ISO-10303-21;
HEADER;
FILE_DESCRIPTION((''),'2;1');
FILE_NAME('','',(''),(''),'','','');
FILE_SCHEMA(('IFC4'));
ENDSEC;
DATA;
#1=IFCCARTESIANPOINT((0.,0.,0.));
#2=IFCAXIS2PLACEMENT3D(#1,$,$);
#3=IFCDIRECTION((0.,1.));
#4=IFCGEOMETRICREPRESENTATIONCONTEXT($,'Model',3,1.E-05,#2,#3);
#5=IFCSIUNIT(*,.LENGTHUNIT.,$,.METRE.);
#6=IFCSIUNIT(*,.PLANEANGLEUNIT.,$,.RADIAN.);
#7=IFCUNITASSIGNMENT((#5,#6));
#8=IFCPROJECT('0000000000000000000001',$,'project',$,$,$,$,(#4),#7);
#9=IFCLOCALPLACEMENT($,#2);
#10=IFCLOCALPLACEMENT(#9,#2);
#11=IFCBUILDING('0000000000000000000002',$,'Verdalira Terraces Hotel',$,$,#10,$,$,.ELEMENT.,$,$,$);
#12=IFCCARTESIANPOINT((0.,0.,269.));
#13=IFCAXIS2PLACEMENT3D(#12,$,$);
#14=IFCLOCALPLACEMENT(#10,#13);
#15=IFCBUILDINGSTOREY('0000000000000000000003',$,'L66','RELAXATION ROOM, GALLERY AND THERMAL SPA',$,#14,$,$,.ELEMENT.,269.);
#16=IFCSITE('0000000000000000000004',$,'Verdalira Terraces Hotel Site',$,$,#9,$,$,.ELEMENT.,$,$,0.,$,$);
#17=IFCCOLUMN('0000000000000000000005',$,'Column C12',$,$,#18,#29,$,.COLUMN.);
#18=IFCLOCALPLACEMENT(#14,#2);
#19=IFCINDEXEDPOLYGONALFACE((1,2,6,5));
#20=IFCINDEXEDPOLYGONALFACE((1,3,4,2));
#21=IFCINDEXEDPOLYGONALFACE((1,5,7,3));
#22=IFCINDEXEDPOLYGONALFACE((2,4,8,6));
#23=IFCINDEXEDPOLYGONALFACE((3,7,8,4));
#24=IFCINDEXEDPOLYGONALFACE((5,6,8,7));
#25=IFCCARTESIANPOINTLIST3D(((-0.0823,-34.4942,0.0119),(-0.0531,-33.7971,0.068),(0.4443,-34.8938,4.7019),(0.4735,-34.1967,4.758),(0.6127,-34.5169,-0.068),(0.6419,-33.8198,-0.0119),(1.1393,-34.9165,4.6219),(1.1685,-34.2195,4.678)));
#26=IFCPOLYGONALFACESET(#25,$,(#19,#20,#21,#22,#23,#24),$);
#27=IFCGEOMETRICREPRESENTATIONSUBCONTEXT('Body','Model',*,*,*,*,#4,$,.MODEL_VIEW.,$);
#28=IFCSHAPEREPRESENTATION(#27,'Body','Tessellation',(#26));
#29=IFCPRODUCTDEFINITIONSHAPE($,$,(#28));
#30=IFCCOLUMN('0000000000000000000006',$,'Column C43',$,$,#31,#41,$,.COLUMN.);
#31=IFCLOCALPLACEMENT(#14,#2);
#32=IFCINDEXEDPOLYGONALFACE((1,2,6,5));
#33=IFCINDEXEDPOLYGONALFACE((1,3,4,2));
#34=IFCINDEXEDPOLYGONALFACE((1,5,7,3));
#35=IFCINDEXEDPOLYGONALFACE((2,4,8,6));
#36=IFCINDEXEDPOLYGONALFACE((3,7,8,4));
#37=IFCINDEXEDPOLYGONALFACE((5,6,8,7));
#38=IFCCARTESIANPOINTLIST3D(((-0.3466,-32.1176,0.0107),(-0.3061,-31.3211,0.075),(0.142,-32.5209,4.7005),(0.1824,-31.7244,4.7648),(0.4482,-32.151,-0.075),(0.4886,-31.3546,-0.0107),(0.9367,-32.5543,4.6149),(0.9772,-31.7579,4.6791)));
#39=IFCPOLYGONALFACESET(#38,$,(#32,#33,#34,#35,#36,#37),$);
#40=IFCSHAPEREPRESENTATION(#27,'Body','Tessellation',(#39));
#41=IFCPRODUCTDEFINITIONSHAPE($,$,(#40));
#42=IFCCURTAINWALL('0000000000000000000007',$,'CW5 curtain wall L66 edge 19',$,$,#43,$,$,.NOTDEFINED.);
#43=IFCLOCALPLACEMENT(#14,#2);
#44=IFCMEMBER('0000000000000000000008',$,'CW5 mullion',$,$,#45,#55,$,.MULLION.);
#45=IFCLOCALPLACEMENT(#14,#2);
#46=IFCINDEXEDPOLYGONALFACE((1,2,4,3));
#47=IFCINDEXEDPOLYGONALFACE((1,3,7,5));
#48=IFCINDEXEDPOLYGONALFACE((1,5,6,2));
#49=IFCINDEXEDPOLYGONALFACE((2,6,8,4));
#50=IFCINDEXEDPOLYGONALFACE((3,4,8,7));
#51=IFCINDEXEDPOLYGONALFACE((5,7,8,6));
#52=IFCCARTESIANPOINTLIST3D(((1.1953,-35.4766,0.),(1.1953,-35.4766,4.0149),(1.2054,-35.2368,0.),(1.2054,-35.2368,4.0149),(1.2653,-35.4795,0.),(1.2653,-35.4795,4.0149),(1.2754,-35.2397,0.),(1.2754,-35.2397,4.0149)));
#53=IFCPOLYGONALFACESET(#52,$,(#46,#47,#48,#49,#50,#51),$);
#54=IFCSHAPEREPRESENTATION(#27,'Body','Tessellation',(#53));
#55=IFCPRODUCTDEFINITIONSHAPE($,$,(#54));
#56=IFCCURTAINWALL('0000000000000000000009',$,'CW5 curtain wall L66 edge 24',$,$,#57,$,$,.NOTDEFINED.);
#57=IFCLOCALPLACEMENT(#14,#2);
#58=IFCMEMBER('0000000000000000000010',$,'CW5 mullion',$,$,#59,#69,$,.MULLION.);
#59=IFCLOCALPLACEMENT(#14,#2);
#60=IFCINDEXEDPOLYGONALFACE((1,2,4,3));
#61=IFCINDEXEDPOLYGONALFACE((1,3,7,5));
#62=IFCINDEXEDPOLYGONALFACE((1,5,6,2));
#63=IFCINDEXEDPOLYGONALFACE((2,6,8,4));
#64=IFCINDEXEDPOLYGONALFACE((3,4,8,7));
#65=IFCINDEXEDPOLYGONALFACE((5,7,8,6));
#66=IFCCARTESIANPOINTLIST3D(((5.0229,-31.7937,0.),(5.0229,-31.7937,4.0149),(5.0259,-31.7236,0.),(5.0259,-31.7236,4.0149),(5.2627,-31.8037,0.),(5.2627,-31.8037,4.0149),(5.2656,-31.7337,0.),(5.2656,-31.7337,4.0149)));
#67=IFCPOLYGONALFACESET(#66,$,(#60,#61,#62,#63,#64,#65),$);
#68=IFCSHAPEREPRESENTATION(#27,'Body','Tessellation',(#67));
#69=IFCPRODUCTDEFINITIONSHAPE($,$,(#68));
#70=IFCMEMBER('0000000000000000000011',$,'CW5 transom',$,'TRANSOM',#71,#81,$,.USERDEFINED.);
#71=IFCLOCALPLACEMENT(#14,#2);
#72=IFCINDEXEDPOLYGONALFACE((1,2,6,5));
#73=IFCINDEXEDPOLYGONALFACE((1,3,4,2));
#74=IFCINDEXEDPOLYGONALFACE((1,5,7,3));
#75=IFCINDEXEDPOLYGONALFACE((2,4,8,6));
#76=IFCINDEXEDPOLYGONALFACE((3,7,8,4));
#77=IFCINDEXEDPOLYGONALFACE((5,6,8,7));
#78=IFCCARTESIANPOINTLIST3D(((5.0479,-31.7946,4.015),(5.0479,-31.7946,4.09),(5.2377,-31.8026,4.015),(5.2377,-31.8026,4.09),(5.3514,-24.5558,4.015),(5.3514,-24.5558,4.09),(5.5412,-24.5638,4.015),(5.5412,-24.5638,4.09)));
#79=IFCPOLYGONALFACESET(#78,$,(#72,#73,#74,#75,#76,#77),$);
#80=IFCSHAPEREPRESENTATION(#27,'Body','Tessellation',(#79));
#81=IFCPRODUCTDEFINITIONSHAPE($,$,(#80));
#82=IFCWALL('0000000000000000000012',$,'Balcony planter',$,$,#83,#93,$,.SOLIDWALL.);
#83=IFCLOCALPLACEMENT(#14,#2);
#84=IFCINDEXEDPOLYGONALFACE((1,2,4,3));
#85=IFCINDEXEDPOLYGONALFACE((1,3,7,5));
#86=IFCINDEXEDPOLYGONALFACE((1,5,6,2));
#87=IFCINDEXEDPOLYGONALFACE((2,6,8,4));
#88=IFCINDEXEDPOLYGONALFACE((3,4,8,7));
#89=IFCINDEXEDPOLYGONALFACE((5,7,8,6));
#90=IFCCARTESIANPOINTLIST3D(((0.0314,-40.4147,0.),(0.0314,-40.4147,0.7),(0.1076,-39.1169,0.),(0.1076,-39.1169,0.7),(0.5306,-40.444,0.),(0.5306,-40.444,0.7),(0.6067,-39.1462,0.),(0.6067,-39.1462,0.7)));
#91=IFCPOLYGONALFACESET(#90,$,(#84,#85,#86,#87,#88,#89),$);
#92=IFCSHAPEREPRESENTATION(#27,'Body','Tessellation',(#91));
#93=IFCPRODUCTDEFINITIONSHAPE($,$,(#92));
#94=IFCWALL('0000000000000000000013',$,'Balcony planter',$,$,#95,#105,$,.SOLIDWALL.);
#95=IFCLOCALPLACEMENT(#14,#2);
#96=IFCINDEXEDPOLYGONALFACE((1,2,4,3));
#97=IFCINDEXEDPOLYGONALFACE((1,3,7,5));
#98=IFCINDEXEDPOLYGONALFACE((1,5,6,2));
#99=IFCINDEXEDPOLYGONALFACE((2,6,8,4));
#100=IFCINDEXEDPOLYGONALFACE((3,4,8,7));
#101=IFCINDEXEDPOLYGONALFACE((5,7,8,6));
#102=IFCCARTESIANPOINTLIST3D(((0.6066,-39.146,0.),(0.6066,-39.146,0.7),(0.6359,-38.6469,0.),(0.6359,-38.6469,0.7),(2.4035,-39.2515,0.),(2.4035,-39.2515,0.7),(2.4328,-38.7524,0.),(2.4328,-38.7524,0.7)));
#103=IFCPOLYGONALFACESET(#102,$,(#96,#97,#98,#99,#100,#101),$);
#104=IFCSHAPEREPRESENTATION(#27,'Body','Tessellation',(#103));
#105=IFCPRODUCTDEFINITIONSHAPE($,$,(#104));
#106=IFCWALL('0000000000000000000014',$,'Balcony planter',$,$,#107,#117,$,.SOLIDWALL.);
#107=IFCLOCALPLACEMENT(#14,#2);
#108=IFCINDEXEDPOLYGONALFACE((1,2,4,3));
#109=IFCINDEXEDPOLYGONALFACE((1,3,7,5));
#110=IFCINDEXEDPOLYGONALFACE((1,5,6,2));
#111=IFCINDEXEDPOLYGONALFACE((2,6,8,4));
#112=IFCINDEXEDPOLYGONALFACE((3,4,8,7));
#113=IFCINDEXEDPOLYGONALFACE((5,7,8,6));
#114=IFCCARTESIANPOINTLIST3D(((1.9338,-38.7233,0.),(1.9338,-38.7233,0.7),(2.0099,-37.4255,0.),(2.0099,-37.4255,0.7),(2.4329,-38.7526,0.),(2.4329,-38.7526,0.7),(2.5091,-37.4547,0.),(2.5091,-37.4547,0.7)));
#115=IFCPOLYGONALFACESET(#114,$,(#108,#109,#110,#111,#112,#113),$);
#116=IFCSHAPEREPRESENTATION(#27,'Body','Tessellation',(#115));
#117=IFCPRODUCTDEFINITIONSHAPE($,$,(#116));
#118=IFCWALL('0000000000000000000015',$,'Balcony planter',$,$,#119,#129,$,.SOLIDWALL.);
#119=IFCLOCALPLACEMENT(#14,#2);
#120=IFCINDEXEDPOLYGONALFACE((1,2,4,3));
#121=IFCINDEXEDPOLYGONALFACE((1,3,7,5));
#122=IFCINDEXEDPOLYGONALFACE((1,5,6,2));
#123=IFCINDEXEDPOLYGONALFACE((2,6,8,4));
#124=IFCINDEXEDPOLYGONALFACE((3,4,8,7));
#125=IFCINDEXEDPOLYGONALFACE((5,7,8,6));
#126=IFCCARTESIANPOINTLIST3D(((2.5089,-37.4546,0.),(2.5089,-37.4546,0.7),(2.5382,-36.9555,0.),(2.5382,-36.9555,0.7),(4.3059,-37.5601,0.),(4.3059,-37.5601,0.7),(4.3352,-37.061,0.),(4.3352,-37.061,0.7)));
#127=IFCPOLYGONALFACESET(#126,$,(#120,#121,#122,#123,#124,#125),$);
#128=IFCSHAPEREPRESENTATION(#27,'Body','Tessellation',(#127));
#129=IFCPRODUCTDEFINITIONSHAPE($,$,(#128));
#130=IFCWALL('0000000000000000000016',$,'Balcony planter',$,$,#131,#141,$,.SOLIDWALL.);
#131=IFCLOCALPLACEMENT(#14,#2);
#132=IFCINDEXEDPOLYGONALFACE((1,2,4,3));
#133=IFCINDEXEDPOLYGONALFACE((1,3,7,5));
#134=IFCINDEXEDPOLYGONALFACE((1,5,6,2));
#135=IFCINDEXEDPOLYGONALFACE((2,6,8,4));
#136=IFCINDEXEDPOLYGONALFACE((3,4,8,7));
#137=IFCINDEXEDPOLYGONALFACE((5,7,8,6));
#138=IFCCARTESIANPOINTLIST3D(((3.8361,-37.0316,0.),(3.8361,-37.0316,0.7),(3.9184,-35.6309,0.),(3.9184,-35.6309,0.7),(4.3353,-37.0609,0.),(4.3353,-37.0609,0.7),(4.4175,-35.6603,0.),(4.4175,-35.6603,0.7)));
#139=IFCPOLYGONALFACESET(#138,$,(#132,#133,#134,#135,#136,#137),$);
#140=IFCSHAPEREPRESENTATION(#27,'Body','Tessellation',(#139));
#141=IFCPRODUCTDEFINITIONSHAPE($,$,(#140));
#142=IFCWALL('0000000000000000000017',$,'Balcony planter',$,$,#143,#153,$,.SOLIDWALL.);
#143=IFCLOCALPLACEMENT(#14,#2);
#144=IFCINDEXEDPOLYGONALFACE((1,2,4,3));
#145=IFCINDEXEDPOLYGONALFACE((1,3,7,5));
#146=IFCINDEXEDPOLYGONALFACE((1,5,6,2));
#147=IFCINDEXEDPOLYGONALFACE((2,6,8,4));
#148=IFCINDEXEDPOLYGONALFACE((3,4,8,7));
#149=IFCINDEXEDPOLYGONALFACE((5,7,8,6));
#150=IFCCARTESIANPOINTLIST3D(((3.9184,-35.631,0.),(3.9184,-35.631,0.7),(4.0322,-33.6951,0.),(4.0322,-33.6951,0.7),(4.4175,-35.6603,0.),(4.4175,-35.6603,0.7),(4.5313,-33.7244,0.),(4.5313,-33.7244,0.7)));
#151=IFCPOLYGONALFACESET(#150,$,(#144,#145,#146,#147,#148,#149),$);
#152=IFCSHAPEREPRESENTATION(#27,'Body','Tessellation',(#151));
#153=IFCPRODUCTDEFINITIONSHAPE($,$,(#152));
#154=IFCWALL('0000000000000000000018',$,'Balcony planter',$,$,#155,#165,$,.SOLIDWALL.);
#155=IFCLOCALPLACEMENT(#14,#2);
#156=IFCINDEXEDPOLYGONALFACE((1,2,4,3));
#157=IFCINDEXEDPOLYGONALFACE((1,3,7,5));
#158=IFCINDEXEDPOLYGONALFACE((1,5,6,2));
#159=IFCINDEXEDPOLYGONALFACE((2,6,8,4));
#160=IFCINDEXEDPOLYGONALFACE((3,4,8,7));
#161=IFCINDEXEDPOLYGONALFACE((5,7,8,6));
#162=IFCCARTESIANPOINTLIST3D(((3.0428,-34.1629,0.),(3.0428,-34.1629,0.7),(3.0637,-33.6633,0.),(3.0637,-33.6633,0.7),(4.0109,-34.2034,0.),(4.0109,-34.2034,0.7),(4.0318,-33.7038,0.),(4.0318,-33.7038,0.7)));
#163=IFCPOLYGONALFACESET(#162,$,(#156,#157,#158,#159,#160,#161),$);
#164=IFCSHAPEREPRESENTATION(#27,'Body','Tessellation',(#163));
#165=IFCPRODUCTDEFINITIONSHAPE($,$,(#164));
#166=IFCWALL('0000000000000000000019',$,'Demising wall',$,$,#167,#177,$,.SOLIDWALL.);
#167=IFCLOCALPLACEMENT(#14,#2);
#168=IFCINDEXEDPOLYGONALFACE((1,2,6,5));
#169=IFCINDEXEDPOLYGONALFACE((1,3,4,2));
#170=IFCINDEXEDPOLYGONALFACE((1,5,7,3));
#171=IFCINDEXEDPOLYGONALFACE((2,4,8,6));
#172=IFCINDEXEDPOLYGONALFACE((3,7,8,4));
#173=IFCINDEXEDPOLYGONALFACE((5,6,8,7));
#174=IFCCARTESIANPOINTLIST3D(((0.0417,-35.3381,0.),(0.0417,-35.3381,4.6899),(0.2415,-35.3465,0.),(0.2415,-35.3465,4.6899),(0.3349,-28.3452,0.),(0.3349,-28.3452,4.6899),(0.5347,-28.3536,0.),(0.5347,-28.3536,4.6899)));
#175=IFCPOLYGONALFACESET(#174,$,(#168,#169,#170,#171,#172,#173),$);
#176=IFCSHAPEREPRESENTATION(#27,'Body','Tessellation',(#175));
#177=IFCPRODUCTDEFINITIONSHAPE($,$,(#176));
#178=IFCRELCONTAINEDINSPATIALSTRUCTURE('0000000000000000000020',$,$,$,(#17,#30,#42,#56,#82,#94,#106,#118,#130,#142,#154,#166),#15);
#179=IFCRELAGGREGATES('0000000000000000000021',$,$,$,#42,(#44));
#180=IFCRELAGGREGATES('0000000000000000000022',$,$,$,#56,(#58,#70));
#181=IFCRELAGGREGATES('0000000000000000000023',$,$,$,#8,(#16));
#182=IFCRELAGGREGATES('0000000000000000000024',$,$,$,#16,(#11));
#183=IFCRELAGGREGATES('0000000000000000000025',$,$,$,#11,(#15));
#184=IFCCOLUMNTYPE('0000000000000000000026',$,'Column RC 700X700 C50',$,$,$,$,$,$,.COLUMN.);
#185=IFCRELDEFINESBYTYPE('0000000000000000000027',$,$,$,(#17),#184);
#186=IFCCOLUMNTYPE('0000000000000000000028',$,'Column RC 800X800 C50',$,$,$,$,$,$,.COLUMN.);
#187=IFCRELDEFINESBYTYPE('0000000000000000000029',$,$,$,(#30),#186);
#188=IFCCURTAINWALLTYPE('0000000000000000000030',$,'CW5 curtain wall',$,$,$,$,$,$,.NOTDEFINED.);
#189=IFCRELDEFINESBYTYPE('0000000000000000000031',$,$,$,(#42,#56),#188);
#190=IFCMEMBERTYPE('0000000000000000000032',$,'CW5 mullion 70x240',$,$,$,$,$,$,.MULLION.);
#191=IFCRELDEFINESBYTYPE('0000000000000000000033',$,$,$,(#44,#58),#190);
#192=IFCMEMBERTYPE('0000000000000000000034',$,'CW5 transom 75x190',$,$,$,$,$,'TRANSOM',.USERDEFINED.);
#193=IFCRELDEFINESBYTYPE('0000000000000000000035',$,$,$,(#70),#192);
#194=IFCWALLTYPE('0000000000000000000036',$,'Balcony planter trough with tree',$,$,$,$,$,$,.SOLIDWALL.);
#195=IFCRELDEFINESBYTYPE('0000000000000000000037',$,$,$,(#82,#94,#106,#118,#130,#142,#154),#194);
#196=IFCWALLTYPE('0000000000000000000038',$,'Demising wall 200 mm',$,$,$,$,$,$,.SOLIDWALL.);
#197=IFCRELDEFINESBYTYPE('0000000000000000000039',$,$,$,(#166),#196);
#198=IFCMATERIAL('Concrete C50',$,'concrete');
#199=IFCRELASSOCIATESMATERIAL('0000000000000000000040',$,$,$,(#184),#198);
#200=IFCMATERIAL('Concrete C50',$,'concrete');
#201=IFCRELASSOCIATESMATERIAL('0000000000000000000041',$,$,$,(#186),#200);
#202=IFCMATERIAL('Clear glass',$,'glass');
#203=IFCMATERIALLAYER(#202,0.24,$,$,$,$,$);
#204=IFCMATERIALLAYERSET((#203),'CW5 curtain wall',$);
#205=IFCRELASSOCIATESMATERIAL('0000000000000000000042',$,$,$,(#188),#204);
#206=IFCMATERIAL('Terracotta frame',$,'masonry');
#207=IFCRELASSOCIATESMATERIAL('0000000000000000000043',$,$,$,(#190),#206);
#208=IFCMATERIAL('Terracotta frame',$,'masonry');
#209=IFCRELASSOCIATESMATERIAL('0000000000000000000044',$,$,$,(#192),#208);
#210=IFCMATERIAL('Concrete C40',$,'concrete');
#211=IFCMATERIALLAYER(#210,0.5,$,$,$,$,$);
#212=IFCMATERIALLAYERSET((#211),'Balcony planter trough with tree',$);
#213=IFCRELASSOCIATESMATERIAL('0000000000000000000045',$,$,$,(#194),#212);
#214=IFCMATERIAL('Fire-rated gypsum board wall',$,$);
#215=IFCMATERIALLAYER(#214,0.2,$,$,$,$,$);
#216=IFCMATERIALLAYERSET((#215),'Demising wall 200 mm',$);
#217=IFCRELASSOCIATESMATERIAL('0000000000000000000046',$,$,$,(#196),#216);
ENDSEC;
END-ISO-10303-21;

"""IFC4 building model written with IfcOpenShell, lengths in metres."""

from ifc_helpers import new_model, si_unit, direction, frame, frame_2d, origin, origin_2d, place, context, subcontext, project, spatial, rectangle, extrude, material, layer, layer_set, material_profile, profile_set, type_object, element, aggregate, save


model = new_model("IFC4")

# Units and contexts
model_context = context("Model", 3, precision=1e-05, world=origin(), true_north=direction((0.0, 1.0)))
body_context = subcontext(model_context, "Body", "Model", "MODEL_VIEW")
ifc_project = project(units=[si_unit("LENGTHUNIT", "METRE"), si_unit("PLANEANGLEUNIT", "RADIAN")], contexts=[model_context])

# Site, building, storey
site_placement = place(None, origin())
site = spatial("IfcSite", under=ifc_project, at=site_placement, Name="Verdalira Terraces Hotel Site", CompositionType="ELEMENT", RefElevation=0.0)
building_placement = place(site_placement, origin())
building = spatial("IfcBuilding", under=site, at=building_placement, Name="Verdalira Terraces Hotel", CompositionType="ELEMENT")
storey_placement = place(building_placement, frame((0.0, 0.0, 269.0)))
storey = spatial("IfcBuildingStorey", under=building, at=storey_placement, Name="L66", Description="RELAXATION ROOM, GALLERY AND THERMAL SPA", CompositionType="ELEMENT", Elevation=269.0)

# Columns
ifc_material_1 = material(Name="Concrete C50", Category="concrete")
ifc_material_profile_1 = material_profile(ifc_material_1, rectangle(XDim=0.7, YDim=0.7, at=origin_2d()), Name="RC 700X700")
ifc_profile_set_1 = profile_set([ifc_material_profile_1], Name="Concrete C50")
column_type_1 = type_object("IfcColumnType", Name="Column RC 700X700 C50", PredefinedType="COLUMN", material=ifc_profile_set_1)
column_1_placement = place(storey_placement, frame((0.2798, -34.157, 0.0), z_axis=(0.111186, -0.084382, 0.990211), x_axis=(0.99292, -0.032472, -0.114257)))
element("IfcColumn", 1, at=column_1_placement, inside=storey, type_object=column_type_1, Name="Column C12", PredefinedType="COLUMN", context=body_context, shape_type="SweptSolid", body=[
    extrude(rectangle(XDim=0.7, YDim=0.7, at=origin_2d()), origin(), (0.0, 0.0, 1.0), 4.7363),
])
ifc_material_2 = material(Name="Concrete C50", Category="concrete")
ifc_material_profile_2 = material_profile(ifc_material_2, rectangle(XDim=0.8, YDim=0.8, at=origin_2d()), Name="RC 800X800")
ifc_profile_set_2 = profile_set([ifc_material_profile_2], Name="Concrete C50")
column_type_2 = type_object("IfcColumnType", Name="Column RC 800X800 C50", PredefinedType="COLUMN", material=ifc_profile_set_2)
column_2_placement = place(storey_placement, frame((0.071, -31.7361, 0.0), z_axis=(0.103227, -0.085223, 0.991), x_axis=(-0.050567, -0.995484, -0.080341)))
element("IfcColumn", 2, at=column_2_placement, inside=storey, type_object=column_type_2, Name="Column C43", PredefinedType="COLUMN", context=body_context, shape_type="SweptSolid", body=[
    extrude(rectangle(XDim=0.8, YDim=0.8, at=origin_2d()), origin(), (0.0, 0.0, 1.0), 4.7324),
])

# Curtain wall, member
ifc_material_3 = material(Name="Clear glass", Category="glass")
ifc_layer_1 = layer(ifc_material_3, 0.24)
ifc_layer_set_1 = layer_set([ifc_layer_1], Name="CW5 curtain wall")
curtain_wall_type = type_object("IfcCurtainWallType", Name="CW5 curtain wall", PredefinedType="NOTDEFINED", material=ifc_layer_set_1)
curtain_wall_1_placement = place(storey_placement, origin())
curtain_wall_1 = element("IfcCurtainWall", 3, at=curtain_wall_1_placement, inside=storey, type_object=curtain_wall_type, Name="CW5 curtain wall L66 edge 19", PredefinedType="NOTDEFINED")
ifc_material_4 = material(Name="Terracotta frame", Category="masonry")
ifc_material_profile_3 = material_profile(ifc_material_4, rectangle(XDim=0.0701, YDim=0.24, at=origin_2d()), Name="MU 70x240")
ifc_profile_set_3 = profile_set([ifc_material_profile_3], Name="Terracotta frame")
member_type_1 = type_object("IfcMemberType", Name="CW5 mullion 70x240", PredefinedType="MULLION", material=ifc_profile_set_3)
member_1_placement = place(storey_placement, frame((1.2354, -35.3582, 0.0), z_axis=(0.0, 0.0, 1.0), x_axis=(0.999123, -0.041876, 0.0)))
member_1 = element("IfcMember", 4, at=member_1_placement, type_object=member_type_1, Name="CW5 mullion", PredefinedType="MULLION", context=body_context, shape_type="SweptSolid", body=[
    extrude(rectangle(XDim=0.0701, YDim=0.24, at=origin_2d()), origin(), (0.0, 0.0, 1.0), 4.0149),
])
aggregate(curtain_wall_1, [member_1])

# Curtain wall, members
curtain_wall_2_placement = place(storey_placement, origin())
curtain_wall_2 = element("IfcCurtainWall", 5, at=curtain_wall_2_placement, inside=storey, type_object=curtain_wall_type, Name="CW5 curtain wall L66 edge 24", PredefinedType="NOTDEFINED")
member_2_placement = place(storey_placement, frame((5.1443, -31.7637, 0.0), z_axis=(0.0, 0.0, 1.0), x_axis=(0.041876, 0.999123, 0.0)))
member_2 = element("IfcMember", 6, at=member_2_placement, type_object=member_type_1, Name="CW5 mullion", PredefinedType="MULLION", context=body_context, shape_type="SweptSolid", body=[
    extrude(rectangle(XDim=0.0701, YDim=0.24, at=origin_2d()), origin(), (0.0, 0.0, 1.0), 4.0149),
])
ifc_material_5 = material(Name="Terracotta frame", Category="masonry")
ifc_material_profile_4 = material_profile(ifc_material_5, rectangle(XDim=0.1899, YDim=0.075, at=origin_2d()), Name="TR 75x190")
ifc_profile_set_4 = profile_set([ifc_material_profile_4], Name="Terracotta frame")
member_type_2 = type_object("IfcMemberType", Name="CW5 transom 75x190", ElementType="TRANSOM", PredefinedType="USERDEFINED", material=ifc_profile_set_4)
member_3_placement = place(storey_placement, frame((5.1428, -31.7986, 4.0525), z_axis=(0.041886, 0.999122, 0.0), x_axis=(-0.999122, 0.041886, 0.0)))
member_3 = element("IfcMember", 7, at=member_3_placement, type_object=member_type_2, Name="CW5 transom", ObjectType="TRANSOM", PredefinedType="USERDEFINED", context=body_context, shape_type="SweptSolid", body=[
    extrude(rectangle(XDim=0.1899, YDim=0.075, at=origin_2d()), origin(), (0.0, 0.0, 1.0), 7.2451),
])
aggregate(curtain_wall_2, [member_2, member_3])

# Walls
ifc_material_6 = material(Name="Concrete C40", Category="concrete")
ifc_layer_2 = layer(ifc_material_6, 0.5)
ifc_layer_set_2 = layer_set([ifc_layer_2], Name="Balcony planter trough with tree")
wall_type_1 = type_object("IfcWallType", Name="Balcony planter trough with tree", PredefinedType="SOLIDWALL", material=ifc_layer_set_2)
wall_1_placement = place(storey_placement, frame((0.281, -40.4292, 0.0), z_axis=(0.0, 0.0, 1.0), x_axis=(0.05859, 0.998282, 0.0)))
element("IfcWall", 8, at=wall_1_placement, inside=storey, type_object=wall_type_1, Name="Balcony planter", PredefinedType="SOLIDWALL", context=body_context, shape_type="SweptSolid", body=[
    extrude(rectangle(XDim=1.3, YDim=0.5, at=frame_2d((0.6499, 0.0))), origin(), (0.0, 0.0, 1.0), 0.7),
])
wall_2_placement = place(storey_placement, frame((0.6213, -38.8965, 0.0), z_axis=(0.0, 0.0, 1.0), x_axis=(0.998282, -0.058595, 0.0)))
element("IfcWall", 9, at=wall_2_placement, inside=storey, type_object=wall_type_1, Name="Balcony planter", PredefinedType="SOLIDWALL", context=body_context, shape_type="SweptSolid", body=[
    extrude(rectangle(XDim=1.8, YDim=0.5, at=frame_2d((0.8999, 0.0))), origin(), (0.0, 0.0, 1.0), 0.7),
])
wall_3_placement = place(storey_placement, frame((2.1833, -38.7378, 0.0), z_axis=(0.0, 0.0, 1.0), x_axis=(0.05859, 0.998282, 0.0)))
element("IfcWall", 10, at=wall_3_placement, inside=storey, type_object=wall_type_1, Name="Balcony planter", PredefinedType="SOLIDWALL", context=body_context, shape_type="SweptSolid", body=[
    extrude(rectangle(XDim=1.3, YDim=0.5, at=frame_2d((0.6499, 0.0))), origin(), (0.0, 0.0, 1.0), 0.7),
])
wall_4_placement = place(storey_placement, frame((2.5237, -37.2051, 0.0), z_axis=(0.0, 0.0, 1.0), x_axis=(0.998282, -0.058595, 0.0)))
element("IfcWall", 11, at=wall_4_placement, inside=storey, type_object=wall_type_1, Name="Balcony planter", PredefinedType="SOLIDWALL", context=body_context, shape_type="SweptSolid", body=[
    extrude(rectangle(XDim=1.8, YDim=0.5, at=frame_2d((0.8999, 0.0))), origin(), (0.0, 0.0, 1.0), 0.7),
])
wall_5_placement = place(storey_placement, frame((4.0857, -37.0464, 0.0), z_axis=(0.0, 0.0, 1.0), x_axis=(0.05864, 0.998279, 0.0)))
element("IfcWall", 12, at=wall_5_placement, inside=storey, type_object=wall_type_1, Name="Balcony planter", PredefinedType="SOLIDWALL", context=body_context, shape_type="SweptSolid", body=[
    extrude(rectangle(XDim=1.4031, YDim=0.5, at=frame_2d((0.7017, 0.0))), origin(), (0.0, 0.0, 1.0), 0.7),
])
wall_6_placement = place(storey_placement, frame((4.168, -35.6458, 0.0), z_axis=(0.0, 0.0, 1.0), x_axis=(0.05867, 0.998277, 0.0)))
element("IfcWall", 13, at=wall_6_placement, inside=storey, type_object=wall_type_1, Name="Balcony planter", PredefinedType="SOLIDWALL", context=body_context, shape_type="SweptSolid", body=[
    extrude(rectangle(XDim=1.9392, YDim=0.5, at=frame_2d((0.9697, 0.0))), origin(), (0.0, 0.0, 1.0), 0.7),
])
wall_7_placement = place(storey_placement, frame((4.0212, -33.9536, 0.0), z_axis=(0.0, 0.0, 1.0), x_axis=(-0.999125, 0.041819, 0.0)))
element("IfcWall", 14, at=wall_7_placement, inside=storey, type_object=wall_type_1, Name="Balcony planter", PredefinedType="SOLIDWALL", context=body_context, shape_type="SweptSolid", body=[
    extrude(rectangle(XDim=0.969, YDim=0.5, at=frame_2d((0.4844, 0.0))), origin(), (0.0, 0.0, 1.0), 0.7),
])
ifc_material_7 = material(Name="Fire-rated gypsum board wall")
ifc_layer_3 = layer(ifc_material_7, 0.2)
ifc_layer_set_3 = layer_set([ifc_layer_3], Name="Demising wall 200 mm")
wall_type_2 = type_object("IfcWallType", Name="Demising wall 200 mm", PredefinedType="SOLIDWALL", material=ifc_layer_set_3)
wall_8_placement = place(storey_placement, frame((0.1416, -35.3423, 0.0), z_axis=(0.0, 0.0, 1.0), x_axis=(0.041893, 0.999122, 0.0)))
element("IfcWall", 15, at=wall_8_placement, inside=storey, type_object=wall_type_2, Name="Demising wall", PredefinedType="SOLIDWALL", context=body_context, shape_type="SweptSolid", body=[
    extrude(rectangle(XDim=6.999, YDim=0.2, at=frame_2d((3.4995, 0.0))), origin(), (0.0, 0.0, 1.0), 4.6899),
])

save(model, "model.ifc")
